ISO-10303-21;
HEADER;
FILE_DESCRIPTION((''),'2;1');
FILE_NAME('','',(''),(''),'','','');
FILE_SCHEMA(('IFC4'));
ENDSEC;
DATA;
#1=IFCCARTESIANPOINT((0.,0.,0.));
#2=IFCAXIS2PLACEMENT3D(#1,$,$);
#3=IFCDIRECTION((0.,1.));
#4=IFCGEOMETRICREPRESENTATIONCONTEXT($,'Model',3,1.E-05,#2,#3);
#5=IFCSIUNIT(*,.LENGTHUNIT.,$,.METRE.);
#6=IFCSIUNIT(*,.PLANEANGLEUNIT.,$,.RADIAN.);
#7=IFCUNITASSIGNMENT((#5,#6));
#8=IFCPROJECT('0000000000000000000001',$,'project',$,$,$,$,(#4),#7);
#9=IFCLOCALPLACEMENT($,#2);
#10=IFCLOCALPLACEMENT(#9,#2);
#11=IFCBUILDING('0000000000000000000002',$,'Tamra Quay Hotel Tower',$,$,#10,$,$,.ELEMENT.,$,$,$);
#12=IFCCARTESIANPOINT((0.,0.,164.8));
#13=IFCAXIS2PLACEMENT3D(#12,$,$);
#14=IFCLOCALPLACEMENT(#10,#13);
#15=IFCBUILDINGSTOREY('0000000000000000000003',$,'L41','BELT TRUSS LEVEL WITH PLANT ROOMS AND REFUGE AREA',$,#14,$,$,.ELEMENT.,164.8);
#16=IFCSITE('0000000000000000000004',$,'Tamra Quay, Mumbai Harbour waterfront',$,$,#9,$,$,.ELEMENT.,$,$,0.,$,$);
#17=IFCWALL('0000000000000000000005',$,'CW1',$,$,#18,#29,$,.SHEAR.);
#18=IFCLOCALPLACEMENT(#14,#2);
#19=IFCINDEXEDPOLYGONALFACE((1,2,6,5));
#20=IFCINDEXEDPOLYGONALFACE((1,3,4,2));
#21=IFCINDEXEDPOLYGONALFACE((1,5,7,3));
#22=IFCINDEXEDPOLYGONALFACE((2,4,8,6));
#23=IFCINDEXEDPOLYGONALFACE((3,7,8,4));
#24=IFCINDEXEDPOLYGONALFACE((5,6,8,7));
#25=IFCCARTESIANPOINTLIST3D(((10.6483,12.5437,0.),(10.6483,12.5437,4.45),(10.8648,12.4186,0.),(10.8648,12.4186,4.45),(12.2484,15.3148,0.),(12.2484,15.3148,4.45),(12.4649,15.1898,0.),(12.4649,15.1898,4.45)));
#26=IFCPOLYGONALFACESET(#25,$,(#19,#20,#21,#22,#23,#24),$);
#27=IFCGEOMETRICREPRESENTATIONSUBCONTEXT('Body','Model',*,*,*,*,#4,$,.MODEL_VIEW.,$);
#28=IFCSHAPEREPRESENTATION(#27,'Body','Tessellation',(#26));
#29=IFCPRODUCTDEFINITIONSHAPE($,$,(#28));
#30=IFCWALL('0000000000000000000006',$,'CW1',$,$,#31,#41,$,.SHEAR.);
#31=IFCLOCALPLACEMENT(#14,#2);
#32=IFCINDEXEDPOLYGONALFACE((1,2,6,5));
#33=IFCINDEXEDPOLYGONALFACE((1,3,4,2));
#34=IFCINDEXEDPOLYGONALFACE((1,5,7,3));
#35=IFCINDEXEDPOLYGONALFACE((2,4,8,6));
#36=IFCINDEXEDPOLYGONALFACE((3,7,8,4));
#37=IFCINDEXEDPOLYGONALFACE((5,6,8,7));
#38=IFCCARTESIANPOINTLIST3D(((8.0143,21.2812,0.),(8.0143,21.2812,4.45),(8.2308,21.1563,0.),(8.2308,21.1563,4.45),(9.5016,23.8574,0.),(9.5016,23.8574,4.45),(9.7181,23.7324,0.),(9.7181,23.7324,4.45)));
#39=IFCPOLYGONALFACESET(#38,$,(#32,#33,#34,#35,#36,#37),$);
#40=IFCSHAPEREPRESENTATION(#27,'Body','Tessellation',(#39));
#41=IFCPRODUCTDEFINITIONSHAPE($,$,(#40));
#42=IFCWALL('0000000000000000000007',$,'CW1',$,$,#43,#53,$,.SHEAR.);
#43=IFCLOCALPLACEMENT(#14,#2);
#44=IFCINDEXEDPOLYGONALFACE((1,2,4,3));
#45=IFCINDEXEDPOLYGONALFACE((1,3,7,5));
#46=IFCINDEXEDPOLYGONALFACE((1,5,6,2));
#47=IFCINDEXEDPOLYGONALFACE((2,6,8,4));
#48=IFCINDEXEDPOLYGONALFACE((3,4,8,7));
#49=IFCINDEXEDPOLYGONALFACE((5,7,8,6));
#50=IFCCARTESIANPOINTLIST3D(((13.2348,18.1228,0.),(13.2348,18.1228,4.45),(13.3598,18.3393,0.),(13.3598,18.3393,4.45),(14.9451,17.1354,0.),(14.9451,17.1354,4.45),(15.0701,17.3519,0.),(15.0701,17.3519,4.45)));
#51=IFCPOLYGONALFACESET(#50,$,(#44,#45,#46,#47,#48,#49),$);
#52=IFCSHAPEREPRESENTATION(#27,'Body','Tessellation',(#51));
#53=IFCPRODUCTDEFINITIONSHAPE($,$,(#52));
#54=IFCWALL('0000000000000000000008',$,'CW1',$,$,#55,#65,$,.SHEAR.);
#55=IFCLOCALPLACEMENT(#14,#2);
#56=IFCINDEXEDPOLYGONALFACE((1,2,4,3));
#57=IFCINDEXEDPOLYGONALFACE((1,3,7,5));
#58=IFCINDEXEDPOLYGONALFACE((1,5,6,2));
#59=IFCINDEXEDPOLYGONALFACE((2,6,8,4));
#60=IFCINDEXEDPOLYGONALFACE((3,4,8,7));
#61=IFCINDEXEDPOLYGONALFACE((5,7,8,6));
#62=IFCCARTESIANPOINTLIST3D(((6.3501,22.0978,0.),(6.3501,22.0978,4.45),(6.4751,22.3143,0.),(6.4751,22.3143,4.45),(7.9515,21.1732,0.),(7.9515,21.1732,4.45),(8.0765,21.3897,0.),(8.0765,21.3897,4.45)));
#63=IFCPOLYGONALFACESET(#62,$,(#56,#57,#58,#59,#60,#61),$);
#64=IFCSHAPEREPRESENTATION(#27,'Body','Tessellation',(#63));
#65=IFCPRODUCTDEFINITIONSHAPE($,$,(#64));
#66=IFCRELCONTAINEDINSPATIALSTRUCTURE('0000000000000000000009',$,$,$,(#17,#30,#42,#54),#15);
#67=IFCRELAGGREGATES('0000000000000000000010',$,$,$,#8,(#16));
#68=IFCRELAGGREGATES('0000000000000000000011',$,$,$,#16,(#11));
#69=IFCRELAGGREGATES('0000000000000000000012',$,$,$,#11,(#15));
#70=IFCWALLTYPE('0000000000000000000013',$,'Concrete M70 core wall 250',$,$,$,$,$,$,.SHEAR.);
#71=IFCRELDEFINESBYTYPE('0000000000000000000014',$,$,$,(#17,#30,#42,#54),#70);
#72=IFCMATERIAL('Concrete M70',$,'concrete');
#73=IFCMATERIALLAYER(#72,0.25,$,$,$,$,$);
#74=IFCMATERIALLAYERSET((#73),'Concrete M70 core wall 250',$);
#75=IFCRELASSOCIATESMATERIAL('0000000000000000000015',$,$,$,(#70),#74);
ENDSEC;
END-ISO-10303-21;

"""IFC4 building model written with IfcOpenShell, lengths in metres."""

from ifc_helpers import new_model, si_unit, direction, frame, frame_2d, origin, place, context, subcontext, project, spatial, rectangle, extrude, material, layer, layer_set, type_object, element, save


model = new_model("IFC4")

# Units and contexts
model_context = context("Model", 3, precision=1e-05, world=origin(), true_north=direction((0.0, 1.0)))
body_context = subcontext(model_context, "Body", "Model", "MODEL_VIEW")
ifc_project = project(units=[si_unit("LENGTHUNIT", "METRE"), si_unit("PLANEANGLEUNIT", "RADIAN")], contexts=[model_context])

# Site, building, storey
site_placement = place(None, origin())
site = spatial("IfcSite", under=ifc_project, at=site_placement, Name="Tamra Quay, Mumbai Harbour waterfront", CompositionType="ELEMENT", RefElevation=0.0)
building_placement = place(site_placement, origin())
building = spatial("IfcBuilding", under=site, at=building_placement, Name="Tamra Quay Hotel Tower", CompositionType="ELEMENT")
storey_placement = place(building_placement, frame((0.0, 0.0, 164.8)))
storey = spatial("IfcBuildingStorey", under=building, at=storey_placement, Name="L41", Description="BELT TRUSS LEVEL WITH PLANT ROOMS AND REFUGE AREA", CompositionType="ELEMENT", Elevation=164.8)

# Shared definitions
ifc_material_1 = material(Name="Concrete M70", Category="concrete")

# Walls
ifc_layer_1 = layer(ifc_material_1, 0.25)
ifc_layer_set_1 = layer_set([ifc_layer_1], Name="Concrete M70 core wall 250")
wall_type_1 = type_object("IfcWallType", Name="Concrete M70 core wall 250", PredefinedType="SHEAR", material=ifc_layer_set_1)
wall_1_placement = place(storey_placement, frame((12.3567, 15.2524, 0.0), z_axis=(0.0, 0.0, 1.0), x_axis=(-0.500028, -0.866009, 0.0)))
element("IfcWall", 1, at=wall_1_placement, inside=storey, type_object=wall_type_1, Name="CW1", PredefinedType="SHEAR", context=body_context, shape_type="SweptSolid", body=[
    extrude(rectangle(XDim=3.2, YDim=0.25, at=frame_2d((1.6001, 0.0))), origin(), (0.0, 0.0, 1.0), 4.45),
])
wall_2_placement = place(storey_placement, frame((8.1226, 21.2188, 0.0), z_axis=(0.0, 0.0, 1.0), x_axis=(0.499988, 0.866033, 0.0)))
element("IfcWall", 2, at=wall_2_placement, inside=storey, type_object=wall_type_1, Name="CW1", PredefinedType="SHEAR", context=body_context, shape_type="SweptSolid", body=[
    extrude(rectangle(XDim=2.9746, YDim=0.25, at=frame_2d((1.4873, 0.0))), origin(), (0.0, 0.0, 1.0), 4.45),
])
wall_3_placement = place(storey_placement, frame((13.2974, 18.231, 0.0), z_axis=(0.0, 0.0, 1.0), x_axis=(0.866044, -0.499969, 0.0)))
element("IfcWall", 3, at=wall_3_placement, inside=storey, type_object=wall_type_1, Name="CW1", PredefinedType="SHEAR", context=body_context, shape_type="SweptSolid", body=[
    extrude(rectangle(XDim=1.9749, YDim=0.25, at=frame_2d((0.9873, 0.0))), origin(), (0.0, 0.0, 1.0), 4.45),
])
wall_4_placement = place(storey_placement, frame((6.4126, 22.2061, 0.0), z_axis=(0.0, 0.0, 1.0), x_axis=(0.866016, -0.500016, 0.0)))
element("IfcWall", 4, at=wall_4_placement, inside=storey, type_object=wall_type_1, Name="CW1", PredefinedType="SHEAR", context=body_context, shape_type="SweptSolid", body=[
    extrude(rectangle(XDim=1.8491, YDim=0.25, at=frame_2d((0.9246, 0.0))), origin(), (0.0, 0.0, 1.0), 4.45),
])

save(model, "model.ifc")
